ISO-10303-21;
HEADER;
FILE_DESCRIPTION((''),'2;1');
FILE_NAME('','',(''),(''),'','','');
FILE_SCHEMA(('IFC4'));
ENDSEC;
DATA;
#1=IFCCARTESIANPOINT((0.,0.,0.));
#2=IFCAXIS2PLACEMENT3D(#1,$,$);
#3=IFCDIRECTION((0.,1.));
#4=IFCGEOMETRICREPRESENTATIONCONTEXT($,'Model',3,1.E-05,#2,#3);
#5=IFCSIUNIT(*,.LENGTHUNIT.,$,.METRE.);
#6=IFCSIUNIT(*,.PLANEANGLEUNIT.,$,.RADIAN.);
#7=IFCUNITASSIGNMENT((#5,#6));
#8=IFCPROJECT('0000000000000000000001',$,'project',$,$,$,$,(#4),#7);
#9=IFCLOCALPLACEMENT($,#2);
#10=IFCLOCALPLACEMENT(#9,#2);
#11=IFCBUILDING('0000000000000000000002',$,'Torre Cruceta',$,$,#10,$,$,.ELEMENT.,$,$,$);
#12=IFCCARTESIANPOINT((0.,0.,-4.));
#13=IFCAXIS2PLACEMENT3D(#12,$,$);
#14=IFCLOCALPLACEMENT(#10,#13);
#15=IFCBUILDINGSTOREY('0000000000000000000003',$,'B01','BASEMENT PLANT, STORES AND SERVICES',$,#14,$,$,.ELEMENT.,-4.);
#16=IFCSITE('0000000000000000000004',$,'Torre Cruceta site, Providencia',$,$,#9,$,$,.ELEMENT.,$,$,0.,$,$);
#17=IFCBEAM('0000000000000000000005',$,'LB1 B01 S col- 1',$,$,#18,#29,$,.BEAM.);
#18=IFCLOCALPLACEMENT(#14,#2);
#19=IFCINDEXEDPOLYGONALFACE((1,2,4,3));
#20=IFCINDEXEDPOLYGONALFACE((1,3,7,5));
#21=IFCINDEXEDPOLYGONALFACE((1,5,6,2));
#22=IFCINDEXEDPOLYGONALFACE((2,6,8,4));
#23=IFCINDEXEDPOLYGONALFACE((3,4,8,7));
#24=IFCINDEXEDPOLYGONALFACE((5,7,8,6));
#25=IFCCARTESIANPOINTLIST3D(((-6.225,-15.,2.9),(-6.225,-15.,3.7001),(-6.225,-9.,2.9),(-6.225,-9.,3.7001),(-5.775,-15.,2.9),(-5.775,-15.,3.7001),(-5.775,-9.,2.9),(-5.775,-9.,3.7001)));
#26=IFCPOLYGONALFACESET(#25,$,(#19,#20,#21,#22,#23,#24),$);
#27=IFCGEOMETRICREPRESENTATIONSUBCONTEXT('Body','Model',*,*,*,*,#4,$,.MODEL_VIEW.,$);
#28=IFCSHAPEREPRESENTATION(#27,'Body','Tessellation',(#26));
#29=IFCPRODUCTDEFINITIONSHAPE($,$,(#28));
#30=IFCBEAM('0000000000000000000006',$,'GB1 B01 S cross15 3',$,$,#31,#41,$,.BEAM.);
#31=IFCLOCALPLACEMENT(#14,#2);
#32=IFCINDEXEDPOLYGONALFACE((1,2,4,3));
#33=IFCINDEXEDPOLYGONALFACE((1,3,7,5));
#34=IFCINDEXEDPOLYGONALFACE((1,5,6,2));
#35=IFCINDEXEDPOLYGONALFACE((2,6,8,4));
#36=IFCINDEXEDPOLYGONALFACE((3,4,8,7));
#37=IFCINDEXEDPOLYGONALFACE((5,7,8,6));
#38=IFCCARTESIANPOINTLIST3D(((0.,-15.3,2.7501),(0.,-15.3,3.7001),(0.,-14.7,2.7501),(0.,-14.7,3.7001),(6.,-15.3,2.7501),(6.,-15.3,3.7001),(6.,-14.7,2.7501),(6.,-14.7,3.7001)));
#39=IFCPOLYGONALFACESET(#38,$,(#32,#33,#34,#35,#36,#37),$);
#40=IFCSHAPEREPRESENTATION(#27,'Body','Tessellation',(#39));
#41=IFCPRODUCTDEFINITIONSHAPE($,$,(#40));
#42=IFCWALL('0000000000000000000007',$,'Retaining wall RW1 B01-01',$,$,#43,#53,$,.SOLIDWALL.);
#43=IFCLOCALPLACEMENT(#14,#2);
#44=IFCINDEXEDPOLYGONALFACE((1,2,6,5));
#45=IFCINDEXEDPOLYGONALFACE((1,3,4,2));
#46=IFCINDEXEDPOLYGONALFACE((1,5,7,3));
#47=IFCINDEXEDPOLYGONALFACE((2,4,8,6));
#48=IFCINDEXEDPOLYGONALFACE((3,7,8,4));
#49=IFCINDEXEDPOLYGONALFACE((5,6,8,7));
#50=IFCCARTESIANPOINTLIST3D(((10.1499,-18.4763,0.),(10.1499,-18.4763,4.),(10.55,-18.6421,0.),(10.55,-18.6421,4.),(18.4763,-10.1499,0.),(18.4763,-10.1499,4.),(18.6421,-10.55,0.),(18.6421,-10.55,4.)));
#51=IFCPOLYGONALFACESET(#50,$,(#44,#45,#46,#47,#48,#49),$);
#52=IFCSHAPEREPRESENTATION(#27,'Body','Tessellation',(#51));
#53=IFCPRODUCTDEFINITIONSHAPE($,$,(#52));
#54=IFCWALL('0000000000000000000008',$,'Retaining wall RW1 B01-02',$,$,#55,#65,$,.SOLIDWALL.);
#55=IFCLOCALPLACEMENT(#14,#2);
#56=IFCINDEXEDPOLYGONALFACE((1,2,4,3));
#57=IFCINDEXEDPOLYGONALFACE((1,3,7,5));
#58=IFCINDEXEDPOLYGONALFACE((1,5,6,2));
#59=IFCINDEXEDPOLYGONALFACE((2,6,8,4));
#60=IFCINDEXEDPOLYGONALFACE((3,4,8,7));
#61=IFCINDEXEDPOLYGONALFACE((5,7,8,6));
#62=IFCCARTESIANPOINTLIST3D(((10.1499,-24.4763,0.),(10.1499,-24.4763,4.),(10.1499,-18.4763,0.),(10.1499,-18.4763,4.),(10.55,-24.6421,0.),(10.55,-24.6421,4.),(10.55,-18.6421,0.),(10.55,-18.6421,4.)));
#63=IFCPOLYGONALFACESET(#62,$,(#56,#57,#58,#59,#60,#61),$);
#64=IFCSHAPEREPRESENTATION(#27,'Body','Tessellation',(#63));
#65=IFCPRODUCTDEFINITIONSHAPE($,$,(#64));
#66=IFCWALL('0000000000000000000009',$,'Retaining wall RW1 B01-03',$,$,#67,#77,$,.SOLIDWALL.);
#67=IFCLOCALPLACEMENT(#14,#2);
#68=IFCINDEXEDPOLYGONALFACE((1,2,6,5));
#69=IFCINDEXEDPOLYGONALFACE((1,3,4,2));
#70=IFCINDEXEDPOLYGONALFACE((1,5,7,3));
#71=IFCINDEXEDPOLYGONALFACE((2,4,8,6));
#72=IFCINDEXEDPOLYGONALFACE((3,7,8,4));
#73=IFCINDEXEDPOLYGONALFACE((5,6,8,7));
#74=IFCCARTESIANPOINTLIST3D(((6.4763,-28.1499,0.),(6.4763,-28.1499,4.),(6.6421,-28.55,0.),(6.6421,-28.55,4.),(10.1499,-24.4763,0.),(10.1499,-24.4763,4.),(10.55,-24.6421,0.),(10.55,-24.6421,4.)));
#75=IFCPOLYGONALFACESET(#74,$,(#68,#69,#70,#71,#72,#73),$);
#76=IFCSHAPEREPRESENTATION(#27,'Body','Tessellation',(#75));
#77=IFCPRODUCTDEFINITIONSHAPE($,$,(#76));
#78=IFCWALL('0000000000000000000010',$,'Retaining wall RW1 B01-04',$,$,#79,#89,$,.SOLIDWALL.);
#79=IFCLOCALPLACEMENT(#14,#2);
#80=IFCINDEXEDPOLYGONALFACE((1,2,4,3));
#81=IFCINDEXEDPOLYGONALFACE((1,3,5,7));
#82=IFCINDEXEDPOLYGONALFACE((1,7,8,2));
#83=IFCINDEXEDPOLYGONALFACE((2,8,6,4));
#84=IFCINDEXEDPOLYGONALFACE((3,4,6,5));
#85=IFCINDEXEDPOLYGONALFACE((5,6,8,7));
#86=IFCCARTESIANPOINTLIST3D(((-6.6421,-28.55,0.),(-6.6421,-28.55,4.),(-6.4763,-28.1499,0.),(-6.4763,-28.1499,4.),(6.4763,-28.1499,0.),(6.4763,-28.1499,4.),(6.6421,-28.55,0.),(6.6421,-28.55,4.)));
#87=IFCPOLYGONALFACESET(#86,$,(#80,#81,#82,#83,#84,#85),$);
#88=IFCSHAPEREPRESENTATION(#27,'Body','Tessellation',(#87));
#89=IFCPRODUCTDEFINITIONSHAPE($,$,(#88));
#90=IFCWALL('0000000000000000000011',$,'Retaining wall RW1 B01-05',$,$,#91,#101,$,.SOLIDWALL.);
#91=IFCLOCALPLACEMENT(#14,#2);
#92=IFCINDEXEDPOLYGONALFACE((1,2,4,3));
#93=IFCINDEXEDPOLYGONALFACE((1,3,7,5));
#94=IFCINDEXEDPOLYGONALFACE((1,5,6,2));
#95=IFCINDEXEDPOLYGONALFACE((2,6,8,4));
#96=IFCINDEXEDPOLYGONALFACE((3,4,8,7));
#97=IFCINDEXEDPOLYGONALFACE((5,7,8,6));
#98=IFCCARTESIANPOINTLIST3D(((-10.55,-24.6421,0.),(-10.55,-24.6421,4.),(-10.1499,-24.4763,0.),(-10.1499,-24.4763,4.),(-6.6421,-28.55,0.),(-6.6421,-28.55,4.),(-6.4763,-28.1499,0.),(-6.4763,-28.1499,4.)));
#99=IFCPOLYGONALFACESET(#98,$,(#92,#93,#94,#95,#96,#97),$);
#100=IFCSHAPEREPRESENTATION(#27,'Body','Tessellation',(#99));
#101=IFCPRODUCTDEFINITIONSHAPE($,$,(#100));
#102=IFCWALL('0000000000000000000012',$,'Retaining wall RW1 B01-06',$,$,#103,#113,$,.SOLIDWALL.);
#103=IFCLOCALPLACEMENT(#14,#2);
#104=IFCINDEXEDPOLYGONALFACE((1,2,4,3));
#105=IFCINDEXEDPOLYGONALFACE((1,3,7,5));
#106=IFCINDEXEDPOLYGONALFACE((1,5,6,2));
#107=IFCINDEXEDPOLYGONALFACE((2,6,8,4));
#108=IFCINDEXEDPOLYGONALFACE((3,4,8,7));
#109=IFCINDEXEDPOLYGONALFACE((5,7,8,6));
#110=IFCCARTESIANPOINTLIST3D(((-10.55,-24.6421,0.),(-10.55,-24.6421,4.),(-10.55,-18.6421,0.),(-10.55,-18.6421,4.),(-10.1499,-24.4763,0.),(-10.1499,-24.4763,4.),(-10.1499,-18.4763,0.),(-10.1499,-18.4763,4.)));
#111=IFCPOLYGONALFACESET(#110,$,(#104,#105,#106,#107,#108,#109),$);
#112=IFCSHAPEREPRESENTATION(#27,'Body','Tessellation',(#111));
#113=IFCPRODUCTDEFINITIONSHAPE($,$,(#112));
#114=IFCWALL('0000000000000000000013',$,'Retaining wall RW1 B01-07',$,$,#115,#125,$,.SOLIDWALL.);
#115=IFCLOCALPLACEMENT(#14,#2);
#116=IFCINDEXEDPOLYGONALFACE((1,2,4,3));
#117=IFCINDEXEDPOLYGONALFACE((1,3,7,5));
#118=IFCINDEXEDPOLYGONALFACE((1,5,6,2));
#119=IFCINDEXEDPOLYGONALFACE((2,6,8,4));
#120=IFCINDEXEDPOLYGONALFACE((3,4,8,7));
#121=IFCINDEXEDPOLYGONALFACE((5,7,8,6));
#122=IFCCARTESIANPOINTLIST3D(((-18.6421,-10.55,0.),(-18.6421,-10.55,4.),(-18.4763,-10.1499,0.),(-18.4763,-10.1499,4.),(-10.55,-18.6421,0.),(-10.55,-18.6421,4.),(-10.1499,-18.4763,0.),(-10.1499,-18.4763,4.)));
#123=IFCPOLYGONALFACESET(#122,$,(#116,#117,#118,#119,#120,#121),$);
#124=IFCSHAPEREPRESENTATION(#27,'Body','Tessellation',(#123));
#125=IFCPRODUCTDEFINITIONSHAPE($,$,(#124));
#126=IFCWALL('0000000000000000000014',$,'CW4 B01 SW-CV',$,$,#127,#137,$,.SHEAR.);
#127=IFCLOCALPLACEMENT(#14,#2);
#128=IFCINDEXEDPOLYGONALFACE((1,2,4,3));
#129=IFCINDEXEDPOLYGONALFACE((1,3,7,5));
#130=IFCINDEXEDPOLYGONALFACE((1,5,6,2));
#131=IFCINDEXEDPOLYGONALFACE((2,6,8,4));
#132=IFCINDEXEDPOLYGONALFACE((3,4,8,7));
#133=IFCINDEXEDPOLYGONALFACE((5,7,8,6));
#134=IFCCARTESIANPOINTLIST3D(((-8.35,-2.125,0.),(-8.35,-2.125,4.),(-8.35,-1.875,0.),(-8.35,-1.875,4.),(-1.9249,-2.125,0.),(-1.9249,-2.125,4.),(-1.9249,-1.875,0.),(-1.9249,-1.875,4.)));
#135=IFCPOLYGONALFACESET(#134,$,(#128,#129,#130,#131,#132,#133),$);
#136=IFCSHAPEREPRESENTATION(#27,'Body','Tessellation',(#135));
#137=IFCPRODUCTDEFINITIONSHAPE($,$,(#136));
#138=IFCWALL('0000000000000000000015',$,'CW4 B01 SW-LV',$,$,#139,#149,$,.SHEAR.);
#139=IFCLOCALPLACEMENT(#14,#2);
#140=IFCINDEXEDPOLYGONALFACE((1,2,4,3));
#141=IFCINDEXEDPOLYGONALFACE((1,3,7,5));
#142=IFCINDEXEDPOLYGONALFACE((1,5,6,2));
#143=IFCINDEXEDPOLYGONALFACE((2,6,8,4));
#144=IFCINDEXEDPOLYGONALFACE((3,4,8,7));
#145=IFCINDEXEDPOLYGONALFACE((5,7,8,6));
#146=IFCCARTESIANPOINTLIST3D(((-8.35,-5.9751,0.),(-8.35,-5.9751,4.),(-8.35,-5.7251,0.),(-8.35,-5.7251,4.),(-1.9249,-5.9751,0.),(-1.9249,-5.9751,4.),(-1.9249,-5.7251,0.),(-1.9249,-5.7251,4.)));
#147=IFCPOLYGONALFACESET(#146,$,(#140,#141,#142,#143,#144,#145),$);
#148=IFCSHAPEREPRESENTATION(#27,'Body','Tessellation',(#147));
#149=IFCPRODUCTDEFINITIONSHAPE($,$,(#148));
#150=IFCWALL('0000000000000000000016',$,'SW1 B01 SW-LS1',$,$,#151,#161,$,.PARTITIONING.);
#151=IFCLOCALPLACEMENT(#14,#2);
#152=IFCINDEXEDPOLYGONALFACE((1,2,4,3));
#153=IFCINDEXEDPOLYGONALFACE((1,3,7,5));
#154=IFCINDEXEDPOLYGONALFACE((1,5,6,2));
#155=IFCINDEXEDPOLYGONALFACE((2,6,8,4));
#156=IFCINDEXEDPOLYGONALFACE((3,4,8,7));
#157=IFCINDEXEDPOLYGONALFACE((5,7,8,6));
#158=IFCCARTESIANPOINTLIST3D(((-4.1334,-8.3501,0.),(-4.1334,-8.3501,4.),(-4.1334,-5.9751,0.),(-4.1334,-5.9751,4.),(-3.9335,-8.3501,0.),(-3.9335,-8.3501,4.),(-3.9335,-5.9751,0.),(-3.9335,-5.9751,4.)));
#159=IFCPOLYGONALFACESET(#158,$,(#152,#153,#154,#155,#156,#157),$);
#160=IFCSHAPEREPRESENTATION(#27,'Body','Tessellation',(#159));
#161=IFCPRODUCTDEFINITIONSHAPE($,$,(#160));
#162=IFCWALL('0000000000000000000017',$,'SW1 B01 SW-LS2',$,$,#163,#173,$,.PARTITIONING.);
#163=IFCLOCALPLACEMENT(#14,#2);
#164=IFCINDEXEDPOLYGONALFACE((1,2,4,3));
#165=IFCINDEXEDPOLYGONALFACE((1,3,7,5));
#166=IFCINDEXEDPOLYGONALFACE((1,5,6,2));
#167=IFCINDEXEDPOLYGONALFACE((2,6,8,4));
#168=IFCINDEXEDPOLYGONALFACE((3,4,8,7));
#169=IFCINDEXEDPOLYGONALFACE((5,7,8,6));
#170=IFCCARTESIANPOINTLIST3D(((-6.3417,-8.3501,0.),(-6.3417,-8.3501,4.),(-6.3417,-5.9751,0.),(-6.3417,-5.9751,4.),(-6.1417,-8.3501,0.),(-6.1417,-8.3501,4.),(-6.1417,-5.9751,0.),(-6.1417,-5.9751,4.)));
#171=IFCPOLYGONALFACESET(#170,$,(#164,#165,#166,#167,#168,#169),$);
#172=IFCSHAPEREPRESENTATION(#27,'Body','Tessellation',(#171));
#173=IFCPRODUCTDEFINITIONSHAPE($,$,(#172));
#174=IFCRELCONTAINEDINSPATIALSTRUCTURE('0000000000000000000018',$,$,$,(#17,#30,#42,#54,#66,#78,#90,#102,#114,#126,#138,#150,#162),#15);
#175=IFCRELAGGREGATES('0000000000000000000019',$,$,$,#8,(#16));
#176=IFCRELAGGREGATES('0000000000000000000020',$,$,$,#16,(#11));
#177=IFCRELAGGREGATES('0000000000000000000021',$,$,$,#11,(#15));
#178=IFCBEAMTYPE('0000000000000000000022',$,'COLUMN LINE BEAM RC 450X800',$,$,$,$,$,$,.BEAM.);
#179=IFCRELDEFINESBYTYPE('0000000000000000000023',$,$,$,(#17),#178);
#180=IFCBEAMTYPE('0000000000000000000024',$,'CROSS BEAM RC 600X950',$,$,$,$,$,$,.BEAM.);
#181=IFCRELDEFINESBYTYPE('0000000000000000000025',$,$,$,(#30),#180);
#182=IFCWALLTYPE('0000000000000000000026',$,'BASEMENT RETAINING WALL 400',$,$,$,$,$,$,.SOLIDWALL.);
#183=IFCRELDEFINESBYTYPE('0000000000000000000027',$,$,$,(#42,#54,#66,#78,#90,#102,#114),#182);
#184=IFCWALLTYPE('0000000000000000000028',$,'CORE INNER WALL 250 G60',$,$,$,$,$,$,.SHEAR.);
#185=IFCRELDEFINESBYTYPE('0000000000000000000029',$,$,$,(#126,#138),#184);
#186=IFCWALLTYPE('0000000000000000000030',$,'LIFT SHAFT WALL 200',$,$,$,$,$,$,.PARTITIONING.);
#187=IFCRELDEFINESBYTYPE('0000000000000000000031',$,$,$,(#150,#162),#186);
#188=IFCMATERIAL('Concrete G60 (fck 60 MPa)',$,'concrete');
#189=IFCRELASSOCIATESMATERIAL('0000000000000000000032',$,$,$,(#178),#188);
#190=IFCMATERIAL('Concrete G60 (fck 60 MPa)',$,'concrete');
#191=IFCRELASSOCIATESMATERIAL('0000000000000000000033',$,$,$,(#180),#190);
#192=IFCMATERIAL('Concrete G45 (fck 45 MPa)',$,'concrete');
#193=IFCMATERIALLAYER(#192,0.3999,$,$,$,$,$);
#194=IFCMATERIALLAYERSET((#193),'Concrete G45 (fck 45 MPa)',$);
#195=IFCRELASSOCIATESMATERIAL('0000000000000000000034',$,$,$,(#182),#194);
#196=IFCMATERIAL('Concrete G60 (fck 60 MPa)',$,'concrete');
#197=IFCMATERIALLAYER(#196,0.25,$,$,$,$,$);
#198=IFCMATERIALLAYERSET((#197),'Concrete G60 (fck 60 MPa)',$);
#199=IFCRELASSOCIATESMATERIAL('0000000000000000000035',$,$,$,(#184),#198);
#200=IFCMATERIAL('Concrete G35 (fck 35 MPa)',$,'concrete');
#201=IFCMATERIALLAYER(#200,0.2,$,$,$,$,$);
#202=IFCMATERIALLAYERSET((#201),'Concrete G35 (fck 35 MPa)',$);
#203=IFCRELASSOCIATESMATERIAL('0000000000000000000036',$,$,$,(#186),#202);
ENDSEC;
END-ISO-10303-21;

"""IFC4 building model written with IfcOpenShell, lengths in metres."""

from ifc_helpers import new_model, si_unit, direction, frame, frame_2d, origin, origin_2d, place, context, subcontext, project, spatial, polyline, rectangle, outline, extrude, material, layer, layer_set, material_profile, profile_set, type_object, element, save


model = new_model("IFC4")

# Units and contexts
model_context = context("Model", 3, precision=1e-05, world=origin(), true_north=direction((0.0, 1.0)))
body_context = subcontext(model_context, "Body", "Model", "MODEL_VIEW")
ifc_project = project(units=[si_unit("LENGTHUNIT", "METRE"), si_unit("PLANEANGLEUNIT", "RADIAN")], contexts=[model_context])

# Site, building, storey
site_placement = place(None, origin())
site = spatial("IfcSite", under=ifc_project, at=site_placement, Name="Torre Cruceta site, Providencia", CompositionType="ELEMENT", RefElevation=0.0)
building_placement = place(site_placement, origin())
building = spatial("IfcBuilding", under=site, at=building_placement, Name="Torre Cruceta", CompositionType="ELEMENT")
storey_placement = place(building_placement, frame((0.0, 0.0, -4.0)))
storey = spatial("IfcBuildingStorey", under=building, at=storey_placement, Name="B01", Description="BASEMENT PLANT, STORES AND SERVICES", CompositionType="ELEMENT", Elevation=-4.0)

# Beams
ifc_material_1 = material(Name="Concrete G60 (fck 60 MPa)", Category="concrete")
ifc_material_profile_1 = material_profile(ifc_material_1, rectangle(XDim=0.45, YDim=0.8, at=origin_2d()), Name="RC 450X800")
ifc_profile_set_1 = profile_set([ifc_material_profile_1], Name="Concrete G60 (fck 60 MPa)")
beam_type_1 = type_object("IfcBeamType", Name="COLUMN LINE BEAM RC 450X800", PredefinedType="BEAM", material=ifc_profile_set_1)
beam_1_placement = place(storey_placement, frame((-6.0, -9.0, 3.3), z_axis=(0.0, -1.0, 0.0), x_axis=(1.0, 0.0, 0.0)))
element("IfcBeam", 1, at=beam_1_placement, inside=storey, type_object=beam_type_1, Name="LB1 B01 S col- 1", PredefinedType="BEAM", context=body_context, shape_type="SweptSolid", body=[
    extrude(rectangle(XDim=0.45, YDim=0.8, at=origin_2d()), origin(), (0.0, 0.0, 1.0), 6.0),
])
ifc_material_2 = material(Name="Concrete G60 (fck 60 MPa)", Category="concrete")
ifc_material_profile_2 = material_profile(ifc_material_2, rectangle(XDim=0.6001, YDim=0.95, at=origin_2d()), Name="RC 600X950")
ifc_profile_set_2 = profile_set([ifc_material_profile_2], Name="Concrete G60 (fck 60 MPa)")
beam_type_2 = type_object("IfcBeamType", Name="CROSS BEAM RC 600X950", PredefinedType="BEAM", material=ifc_profile_set_2)
beam_2_placement = place(storey_placement, frame((0.0, -15.0, 3.2251), z_axis=(1.0, 0.0, 0.0), x_axis=(0.0, 1.0, 0.0)))
element("IfcBeam", 2, at=beam_2_placement, inside=storey, type_object=beam_type_2, Name="GB1 B01 S cross15 3", PredefinedType="BEAM", context=body_context, shape_type="SweptSolid", body=[
    extrude(rectangle(XDim=0.6001, YDim=0.95, at=origin_2d()), origin(), (0.0, 0.0, 1.0), 6.0),
])

# Walls
ifc_material_3 = material(Name="Concrete G45 (fck 45 MPa)", Category="concrete")
ifc_layer_1 = layer(ifc_material_3, 0.3999)
ifc_layer_set_1 = layer_set([ifc_layer_1], Name="Concrete G45 (fck 45 MPa)")
wall_type_1 = type_object("IfcWallType", Name="BASEMENT RETAINING WALL 400", PredefinedType="SOLIDWALL", material=ifc_layer_set_1)
wall_1_placement = place(storey_placement, origin())
element("IfcWall", 3, at=wall_1_placement, inside=storey, type_object=wall_type_1, Name="Retaining wall RW1 B01-01", PredefinedType="SOLIDWALL", context=body_context, shape_type="SweptSolid", body=[
    extrude(outline(polyline([(18.4763, -10.1499), (18.6421, -10.55), (10.55, -18.6421), (10.1499, -18.4763), (18.4763, -10.1499)])), origin(), (0.0, 0.0, 1.0), 4.0),
])
wall_2_placement = place(storey_placement, origin())
element("IfcWall", 4, at=wall_2_placement, inside=storey, type_object=wall_type_1, Name="Retaining wall RW1 B01-02", PredefinedType="SOLIDWALL", context=body_context, shape_type="SweptSolid", body=[
    extrude(outline(polyline([(10.1499, -18.4763), (10.55, -18.6421), (10.55, -24.6421), (10.1499, -24.4763), (10.1499, -18.4763)])), origin(), (0.0, 0.0, 1.0), 4.0),
])
wall_3_placement = place(storey_placement, origin())
element("IfcWall", 5, at=wall_3_placement, inside=storey, type_object=wall_type_1, Name="Retaining wall RW1 B01-03", PredefinedType="SOLIDWALL", context=body_context, shape_type="SweptSolid", body=[
    extrude(outline(polyline([(10.1499, -24.4763), (10.55, -24.6421), (6.6421, -28.55), (6.4763, -28.1499), (10.1499, -24.4763)])), origin(), (0.0, 0.0, 1.0), 4.0),
])
wall_4_placement = place(storey_placement, origin())
element("IfcWall", 6, at=wall_4_placement, inside=storey, type_object=wall_type_1, Name="Retaining wall RW1 B01-04", PredefinedType="SOLIDWALL", context=body_context, shape_type="SweptSolid", body=[
    extrude(outline(polyline([(6.4763, -28.1499), (6.6421, -28.55), (-6.6421, -28.55), (-6.4763, -28.1499), (6.4763, -28.1499)])), origin(), (0.0, 0.0, 1.0), 4.0),
])
wall_5_placement = place(storey_placement, origin())
element("IfcWall", 7, at=wall_5_placement, inside=storey, type_object=wall_type_1, Name="Retaining wall RW1 B01-05", PredefinedType="SOLIDWALL", context=body_context, shape_type="SweptSolid", body=[
    extrude(outline(polyline([(-6.4763, -28.1499), (-6.6421, -28.55), (-10.55, -24.6421), (-10.1499, -24.4763), (-6.4763, -28.1499)])), origin(), (0.0, 0.0, 1.0), 4.0),
])
wall_6_placement = place(storey_placement, origin())
element("IfcWall", 8, at=wall_6_placement, inside=storey, type_object=wall_type_1, Name="Retaining wall RW1 B01-06", PredefinedType="SOLIDWALL", context=body_context, shape_type="SweptSolid", body=[
    extrude(outline(polyline([(-10.1499, -24.4763), (-10.55, -24.6421), (-10.55, -18.6421), (-10.1499, -18.4763), (-10.1499, -24.4763)])), origin(), (0.0, 0.0, 1.0), 4.0),
])
wall_7_placement = place(storey_placement, origin())
element("IfcWall", 9, at=wall_7_placement, inside=storey, type_object=wall_type_1, Name="Retaining wall RW1 B01-07", PredefinedType="SOLIDWALL", context=body_context, shape_type="SweptSolid", body=[
    extrude(outline(polyline([(-10.1499, -18.4763), (-10.55, -18.6421), (-18.6421, -10.55), (-18.4763, -10.1499), (-10.1499, -18.4763)])), origin(), (0.0, 0.0, 1.0), 4.0),
])

# Shared definitions
ifc_material_4 = material(Name="Concrete G60 (fck 60 MPa)", Category="concrete")
ifc_layer_2 = layer(ifc_material_4, 0.25)
ifc_layer_set_2 = layer_set([ifc_layer_2], Name="Concrete G60 (fck 60 MPa)")
wall_type_2 = type_object("IfcWallType", Name="CORE INNER WALL 250 G60", PredefinedType="SHEAR", material=ifc_layer_set_2)

# Walls
for number, where, z_axis, x_axis, name in (
    (10, (-1.925, -2.0, 0.0), (0.0, 0.0, 1.0), (-1.0, 0.0, 0.0), "CW4 B01 SW-CV"),
    (11, (-1.925, -5.8501, 0.0), (0.0, 0.0, 1.0), (-1.0, 0.0, 0.0), "CW4 B01 SW-LV"),
):
    element("IfcWall", number, at=place(storey_placement, frame(where, z_axis=z_axis, x_axis=x_axis)), inside=storey, type_object=wall_type_2, Name=name, PredefinedType="SHEAR", context=body_context, shape_type="SweptSolid", body=[
        extrude(rectangle(XDim=6.425, YDim=0.25, at=frame_2d((3.2124, 0.0))), origin(), (0.0, 0.0, 1.0), 4.0),
    ])
ifc_material_5 = material(Name="Concrete G35 (fck 35 MPa)", Category="concrete")
ifc_layer_3 = layer(ifc_material_5, 0.2)
ifc_layer_set_3 = layer_set([ifc_layer_3], Name="Concrete G35 (fck 35 MPa)")
wall_type_3 = type_object("IfcWallType", Name="LIFT SHAFT WALL 200", PredefinedType="PARTITIONING", material=ifc_layer_set_3)
for number, where, z_axis, x_axis, name in (
    (12, (-4.0334, -5.9751, 0.0), (0.0, 0.0, 1.0), (0.0, -1.0, 0.0), "SW1 B01 SW-LS1"),
    (13, (-6.2417, -5.9751, 0.0), (0.0, 0.0, 1.0), (0.0, -1.0, 0.0), "SW1 B01 SW-LS2"),
):
    element("IfcWall", number, at=place(storey_placement, frame(where, z_axis=z_axis, x_axis=x_axis)), inside=storey, type_object=wall_type_3, Name=name, PredefinedType="PARTITIONING", context=body_context, shape_type="SweptSolid", body=[
        extrude(rectangle(XDim=2.375, YDim=0.2, at=frame_2d((1.1875, 0.0))), origin(), (0.0, 0.0, 1.0), 4.0),
    ])

save(model, "model.ifc")
